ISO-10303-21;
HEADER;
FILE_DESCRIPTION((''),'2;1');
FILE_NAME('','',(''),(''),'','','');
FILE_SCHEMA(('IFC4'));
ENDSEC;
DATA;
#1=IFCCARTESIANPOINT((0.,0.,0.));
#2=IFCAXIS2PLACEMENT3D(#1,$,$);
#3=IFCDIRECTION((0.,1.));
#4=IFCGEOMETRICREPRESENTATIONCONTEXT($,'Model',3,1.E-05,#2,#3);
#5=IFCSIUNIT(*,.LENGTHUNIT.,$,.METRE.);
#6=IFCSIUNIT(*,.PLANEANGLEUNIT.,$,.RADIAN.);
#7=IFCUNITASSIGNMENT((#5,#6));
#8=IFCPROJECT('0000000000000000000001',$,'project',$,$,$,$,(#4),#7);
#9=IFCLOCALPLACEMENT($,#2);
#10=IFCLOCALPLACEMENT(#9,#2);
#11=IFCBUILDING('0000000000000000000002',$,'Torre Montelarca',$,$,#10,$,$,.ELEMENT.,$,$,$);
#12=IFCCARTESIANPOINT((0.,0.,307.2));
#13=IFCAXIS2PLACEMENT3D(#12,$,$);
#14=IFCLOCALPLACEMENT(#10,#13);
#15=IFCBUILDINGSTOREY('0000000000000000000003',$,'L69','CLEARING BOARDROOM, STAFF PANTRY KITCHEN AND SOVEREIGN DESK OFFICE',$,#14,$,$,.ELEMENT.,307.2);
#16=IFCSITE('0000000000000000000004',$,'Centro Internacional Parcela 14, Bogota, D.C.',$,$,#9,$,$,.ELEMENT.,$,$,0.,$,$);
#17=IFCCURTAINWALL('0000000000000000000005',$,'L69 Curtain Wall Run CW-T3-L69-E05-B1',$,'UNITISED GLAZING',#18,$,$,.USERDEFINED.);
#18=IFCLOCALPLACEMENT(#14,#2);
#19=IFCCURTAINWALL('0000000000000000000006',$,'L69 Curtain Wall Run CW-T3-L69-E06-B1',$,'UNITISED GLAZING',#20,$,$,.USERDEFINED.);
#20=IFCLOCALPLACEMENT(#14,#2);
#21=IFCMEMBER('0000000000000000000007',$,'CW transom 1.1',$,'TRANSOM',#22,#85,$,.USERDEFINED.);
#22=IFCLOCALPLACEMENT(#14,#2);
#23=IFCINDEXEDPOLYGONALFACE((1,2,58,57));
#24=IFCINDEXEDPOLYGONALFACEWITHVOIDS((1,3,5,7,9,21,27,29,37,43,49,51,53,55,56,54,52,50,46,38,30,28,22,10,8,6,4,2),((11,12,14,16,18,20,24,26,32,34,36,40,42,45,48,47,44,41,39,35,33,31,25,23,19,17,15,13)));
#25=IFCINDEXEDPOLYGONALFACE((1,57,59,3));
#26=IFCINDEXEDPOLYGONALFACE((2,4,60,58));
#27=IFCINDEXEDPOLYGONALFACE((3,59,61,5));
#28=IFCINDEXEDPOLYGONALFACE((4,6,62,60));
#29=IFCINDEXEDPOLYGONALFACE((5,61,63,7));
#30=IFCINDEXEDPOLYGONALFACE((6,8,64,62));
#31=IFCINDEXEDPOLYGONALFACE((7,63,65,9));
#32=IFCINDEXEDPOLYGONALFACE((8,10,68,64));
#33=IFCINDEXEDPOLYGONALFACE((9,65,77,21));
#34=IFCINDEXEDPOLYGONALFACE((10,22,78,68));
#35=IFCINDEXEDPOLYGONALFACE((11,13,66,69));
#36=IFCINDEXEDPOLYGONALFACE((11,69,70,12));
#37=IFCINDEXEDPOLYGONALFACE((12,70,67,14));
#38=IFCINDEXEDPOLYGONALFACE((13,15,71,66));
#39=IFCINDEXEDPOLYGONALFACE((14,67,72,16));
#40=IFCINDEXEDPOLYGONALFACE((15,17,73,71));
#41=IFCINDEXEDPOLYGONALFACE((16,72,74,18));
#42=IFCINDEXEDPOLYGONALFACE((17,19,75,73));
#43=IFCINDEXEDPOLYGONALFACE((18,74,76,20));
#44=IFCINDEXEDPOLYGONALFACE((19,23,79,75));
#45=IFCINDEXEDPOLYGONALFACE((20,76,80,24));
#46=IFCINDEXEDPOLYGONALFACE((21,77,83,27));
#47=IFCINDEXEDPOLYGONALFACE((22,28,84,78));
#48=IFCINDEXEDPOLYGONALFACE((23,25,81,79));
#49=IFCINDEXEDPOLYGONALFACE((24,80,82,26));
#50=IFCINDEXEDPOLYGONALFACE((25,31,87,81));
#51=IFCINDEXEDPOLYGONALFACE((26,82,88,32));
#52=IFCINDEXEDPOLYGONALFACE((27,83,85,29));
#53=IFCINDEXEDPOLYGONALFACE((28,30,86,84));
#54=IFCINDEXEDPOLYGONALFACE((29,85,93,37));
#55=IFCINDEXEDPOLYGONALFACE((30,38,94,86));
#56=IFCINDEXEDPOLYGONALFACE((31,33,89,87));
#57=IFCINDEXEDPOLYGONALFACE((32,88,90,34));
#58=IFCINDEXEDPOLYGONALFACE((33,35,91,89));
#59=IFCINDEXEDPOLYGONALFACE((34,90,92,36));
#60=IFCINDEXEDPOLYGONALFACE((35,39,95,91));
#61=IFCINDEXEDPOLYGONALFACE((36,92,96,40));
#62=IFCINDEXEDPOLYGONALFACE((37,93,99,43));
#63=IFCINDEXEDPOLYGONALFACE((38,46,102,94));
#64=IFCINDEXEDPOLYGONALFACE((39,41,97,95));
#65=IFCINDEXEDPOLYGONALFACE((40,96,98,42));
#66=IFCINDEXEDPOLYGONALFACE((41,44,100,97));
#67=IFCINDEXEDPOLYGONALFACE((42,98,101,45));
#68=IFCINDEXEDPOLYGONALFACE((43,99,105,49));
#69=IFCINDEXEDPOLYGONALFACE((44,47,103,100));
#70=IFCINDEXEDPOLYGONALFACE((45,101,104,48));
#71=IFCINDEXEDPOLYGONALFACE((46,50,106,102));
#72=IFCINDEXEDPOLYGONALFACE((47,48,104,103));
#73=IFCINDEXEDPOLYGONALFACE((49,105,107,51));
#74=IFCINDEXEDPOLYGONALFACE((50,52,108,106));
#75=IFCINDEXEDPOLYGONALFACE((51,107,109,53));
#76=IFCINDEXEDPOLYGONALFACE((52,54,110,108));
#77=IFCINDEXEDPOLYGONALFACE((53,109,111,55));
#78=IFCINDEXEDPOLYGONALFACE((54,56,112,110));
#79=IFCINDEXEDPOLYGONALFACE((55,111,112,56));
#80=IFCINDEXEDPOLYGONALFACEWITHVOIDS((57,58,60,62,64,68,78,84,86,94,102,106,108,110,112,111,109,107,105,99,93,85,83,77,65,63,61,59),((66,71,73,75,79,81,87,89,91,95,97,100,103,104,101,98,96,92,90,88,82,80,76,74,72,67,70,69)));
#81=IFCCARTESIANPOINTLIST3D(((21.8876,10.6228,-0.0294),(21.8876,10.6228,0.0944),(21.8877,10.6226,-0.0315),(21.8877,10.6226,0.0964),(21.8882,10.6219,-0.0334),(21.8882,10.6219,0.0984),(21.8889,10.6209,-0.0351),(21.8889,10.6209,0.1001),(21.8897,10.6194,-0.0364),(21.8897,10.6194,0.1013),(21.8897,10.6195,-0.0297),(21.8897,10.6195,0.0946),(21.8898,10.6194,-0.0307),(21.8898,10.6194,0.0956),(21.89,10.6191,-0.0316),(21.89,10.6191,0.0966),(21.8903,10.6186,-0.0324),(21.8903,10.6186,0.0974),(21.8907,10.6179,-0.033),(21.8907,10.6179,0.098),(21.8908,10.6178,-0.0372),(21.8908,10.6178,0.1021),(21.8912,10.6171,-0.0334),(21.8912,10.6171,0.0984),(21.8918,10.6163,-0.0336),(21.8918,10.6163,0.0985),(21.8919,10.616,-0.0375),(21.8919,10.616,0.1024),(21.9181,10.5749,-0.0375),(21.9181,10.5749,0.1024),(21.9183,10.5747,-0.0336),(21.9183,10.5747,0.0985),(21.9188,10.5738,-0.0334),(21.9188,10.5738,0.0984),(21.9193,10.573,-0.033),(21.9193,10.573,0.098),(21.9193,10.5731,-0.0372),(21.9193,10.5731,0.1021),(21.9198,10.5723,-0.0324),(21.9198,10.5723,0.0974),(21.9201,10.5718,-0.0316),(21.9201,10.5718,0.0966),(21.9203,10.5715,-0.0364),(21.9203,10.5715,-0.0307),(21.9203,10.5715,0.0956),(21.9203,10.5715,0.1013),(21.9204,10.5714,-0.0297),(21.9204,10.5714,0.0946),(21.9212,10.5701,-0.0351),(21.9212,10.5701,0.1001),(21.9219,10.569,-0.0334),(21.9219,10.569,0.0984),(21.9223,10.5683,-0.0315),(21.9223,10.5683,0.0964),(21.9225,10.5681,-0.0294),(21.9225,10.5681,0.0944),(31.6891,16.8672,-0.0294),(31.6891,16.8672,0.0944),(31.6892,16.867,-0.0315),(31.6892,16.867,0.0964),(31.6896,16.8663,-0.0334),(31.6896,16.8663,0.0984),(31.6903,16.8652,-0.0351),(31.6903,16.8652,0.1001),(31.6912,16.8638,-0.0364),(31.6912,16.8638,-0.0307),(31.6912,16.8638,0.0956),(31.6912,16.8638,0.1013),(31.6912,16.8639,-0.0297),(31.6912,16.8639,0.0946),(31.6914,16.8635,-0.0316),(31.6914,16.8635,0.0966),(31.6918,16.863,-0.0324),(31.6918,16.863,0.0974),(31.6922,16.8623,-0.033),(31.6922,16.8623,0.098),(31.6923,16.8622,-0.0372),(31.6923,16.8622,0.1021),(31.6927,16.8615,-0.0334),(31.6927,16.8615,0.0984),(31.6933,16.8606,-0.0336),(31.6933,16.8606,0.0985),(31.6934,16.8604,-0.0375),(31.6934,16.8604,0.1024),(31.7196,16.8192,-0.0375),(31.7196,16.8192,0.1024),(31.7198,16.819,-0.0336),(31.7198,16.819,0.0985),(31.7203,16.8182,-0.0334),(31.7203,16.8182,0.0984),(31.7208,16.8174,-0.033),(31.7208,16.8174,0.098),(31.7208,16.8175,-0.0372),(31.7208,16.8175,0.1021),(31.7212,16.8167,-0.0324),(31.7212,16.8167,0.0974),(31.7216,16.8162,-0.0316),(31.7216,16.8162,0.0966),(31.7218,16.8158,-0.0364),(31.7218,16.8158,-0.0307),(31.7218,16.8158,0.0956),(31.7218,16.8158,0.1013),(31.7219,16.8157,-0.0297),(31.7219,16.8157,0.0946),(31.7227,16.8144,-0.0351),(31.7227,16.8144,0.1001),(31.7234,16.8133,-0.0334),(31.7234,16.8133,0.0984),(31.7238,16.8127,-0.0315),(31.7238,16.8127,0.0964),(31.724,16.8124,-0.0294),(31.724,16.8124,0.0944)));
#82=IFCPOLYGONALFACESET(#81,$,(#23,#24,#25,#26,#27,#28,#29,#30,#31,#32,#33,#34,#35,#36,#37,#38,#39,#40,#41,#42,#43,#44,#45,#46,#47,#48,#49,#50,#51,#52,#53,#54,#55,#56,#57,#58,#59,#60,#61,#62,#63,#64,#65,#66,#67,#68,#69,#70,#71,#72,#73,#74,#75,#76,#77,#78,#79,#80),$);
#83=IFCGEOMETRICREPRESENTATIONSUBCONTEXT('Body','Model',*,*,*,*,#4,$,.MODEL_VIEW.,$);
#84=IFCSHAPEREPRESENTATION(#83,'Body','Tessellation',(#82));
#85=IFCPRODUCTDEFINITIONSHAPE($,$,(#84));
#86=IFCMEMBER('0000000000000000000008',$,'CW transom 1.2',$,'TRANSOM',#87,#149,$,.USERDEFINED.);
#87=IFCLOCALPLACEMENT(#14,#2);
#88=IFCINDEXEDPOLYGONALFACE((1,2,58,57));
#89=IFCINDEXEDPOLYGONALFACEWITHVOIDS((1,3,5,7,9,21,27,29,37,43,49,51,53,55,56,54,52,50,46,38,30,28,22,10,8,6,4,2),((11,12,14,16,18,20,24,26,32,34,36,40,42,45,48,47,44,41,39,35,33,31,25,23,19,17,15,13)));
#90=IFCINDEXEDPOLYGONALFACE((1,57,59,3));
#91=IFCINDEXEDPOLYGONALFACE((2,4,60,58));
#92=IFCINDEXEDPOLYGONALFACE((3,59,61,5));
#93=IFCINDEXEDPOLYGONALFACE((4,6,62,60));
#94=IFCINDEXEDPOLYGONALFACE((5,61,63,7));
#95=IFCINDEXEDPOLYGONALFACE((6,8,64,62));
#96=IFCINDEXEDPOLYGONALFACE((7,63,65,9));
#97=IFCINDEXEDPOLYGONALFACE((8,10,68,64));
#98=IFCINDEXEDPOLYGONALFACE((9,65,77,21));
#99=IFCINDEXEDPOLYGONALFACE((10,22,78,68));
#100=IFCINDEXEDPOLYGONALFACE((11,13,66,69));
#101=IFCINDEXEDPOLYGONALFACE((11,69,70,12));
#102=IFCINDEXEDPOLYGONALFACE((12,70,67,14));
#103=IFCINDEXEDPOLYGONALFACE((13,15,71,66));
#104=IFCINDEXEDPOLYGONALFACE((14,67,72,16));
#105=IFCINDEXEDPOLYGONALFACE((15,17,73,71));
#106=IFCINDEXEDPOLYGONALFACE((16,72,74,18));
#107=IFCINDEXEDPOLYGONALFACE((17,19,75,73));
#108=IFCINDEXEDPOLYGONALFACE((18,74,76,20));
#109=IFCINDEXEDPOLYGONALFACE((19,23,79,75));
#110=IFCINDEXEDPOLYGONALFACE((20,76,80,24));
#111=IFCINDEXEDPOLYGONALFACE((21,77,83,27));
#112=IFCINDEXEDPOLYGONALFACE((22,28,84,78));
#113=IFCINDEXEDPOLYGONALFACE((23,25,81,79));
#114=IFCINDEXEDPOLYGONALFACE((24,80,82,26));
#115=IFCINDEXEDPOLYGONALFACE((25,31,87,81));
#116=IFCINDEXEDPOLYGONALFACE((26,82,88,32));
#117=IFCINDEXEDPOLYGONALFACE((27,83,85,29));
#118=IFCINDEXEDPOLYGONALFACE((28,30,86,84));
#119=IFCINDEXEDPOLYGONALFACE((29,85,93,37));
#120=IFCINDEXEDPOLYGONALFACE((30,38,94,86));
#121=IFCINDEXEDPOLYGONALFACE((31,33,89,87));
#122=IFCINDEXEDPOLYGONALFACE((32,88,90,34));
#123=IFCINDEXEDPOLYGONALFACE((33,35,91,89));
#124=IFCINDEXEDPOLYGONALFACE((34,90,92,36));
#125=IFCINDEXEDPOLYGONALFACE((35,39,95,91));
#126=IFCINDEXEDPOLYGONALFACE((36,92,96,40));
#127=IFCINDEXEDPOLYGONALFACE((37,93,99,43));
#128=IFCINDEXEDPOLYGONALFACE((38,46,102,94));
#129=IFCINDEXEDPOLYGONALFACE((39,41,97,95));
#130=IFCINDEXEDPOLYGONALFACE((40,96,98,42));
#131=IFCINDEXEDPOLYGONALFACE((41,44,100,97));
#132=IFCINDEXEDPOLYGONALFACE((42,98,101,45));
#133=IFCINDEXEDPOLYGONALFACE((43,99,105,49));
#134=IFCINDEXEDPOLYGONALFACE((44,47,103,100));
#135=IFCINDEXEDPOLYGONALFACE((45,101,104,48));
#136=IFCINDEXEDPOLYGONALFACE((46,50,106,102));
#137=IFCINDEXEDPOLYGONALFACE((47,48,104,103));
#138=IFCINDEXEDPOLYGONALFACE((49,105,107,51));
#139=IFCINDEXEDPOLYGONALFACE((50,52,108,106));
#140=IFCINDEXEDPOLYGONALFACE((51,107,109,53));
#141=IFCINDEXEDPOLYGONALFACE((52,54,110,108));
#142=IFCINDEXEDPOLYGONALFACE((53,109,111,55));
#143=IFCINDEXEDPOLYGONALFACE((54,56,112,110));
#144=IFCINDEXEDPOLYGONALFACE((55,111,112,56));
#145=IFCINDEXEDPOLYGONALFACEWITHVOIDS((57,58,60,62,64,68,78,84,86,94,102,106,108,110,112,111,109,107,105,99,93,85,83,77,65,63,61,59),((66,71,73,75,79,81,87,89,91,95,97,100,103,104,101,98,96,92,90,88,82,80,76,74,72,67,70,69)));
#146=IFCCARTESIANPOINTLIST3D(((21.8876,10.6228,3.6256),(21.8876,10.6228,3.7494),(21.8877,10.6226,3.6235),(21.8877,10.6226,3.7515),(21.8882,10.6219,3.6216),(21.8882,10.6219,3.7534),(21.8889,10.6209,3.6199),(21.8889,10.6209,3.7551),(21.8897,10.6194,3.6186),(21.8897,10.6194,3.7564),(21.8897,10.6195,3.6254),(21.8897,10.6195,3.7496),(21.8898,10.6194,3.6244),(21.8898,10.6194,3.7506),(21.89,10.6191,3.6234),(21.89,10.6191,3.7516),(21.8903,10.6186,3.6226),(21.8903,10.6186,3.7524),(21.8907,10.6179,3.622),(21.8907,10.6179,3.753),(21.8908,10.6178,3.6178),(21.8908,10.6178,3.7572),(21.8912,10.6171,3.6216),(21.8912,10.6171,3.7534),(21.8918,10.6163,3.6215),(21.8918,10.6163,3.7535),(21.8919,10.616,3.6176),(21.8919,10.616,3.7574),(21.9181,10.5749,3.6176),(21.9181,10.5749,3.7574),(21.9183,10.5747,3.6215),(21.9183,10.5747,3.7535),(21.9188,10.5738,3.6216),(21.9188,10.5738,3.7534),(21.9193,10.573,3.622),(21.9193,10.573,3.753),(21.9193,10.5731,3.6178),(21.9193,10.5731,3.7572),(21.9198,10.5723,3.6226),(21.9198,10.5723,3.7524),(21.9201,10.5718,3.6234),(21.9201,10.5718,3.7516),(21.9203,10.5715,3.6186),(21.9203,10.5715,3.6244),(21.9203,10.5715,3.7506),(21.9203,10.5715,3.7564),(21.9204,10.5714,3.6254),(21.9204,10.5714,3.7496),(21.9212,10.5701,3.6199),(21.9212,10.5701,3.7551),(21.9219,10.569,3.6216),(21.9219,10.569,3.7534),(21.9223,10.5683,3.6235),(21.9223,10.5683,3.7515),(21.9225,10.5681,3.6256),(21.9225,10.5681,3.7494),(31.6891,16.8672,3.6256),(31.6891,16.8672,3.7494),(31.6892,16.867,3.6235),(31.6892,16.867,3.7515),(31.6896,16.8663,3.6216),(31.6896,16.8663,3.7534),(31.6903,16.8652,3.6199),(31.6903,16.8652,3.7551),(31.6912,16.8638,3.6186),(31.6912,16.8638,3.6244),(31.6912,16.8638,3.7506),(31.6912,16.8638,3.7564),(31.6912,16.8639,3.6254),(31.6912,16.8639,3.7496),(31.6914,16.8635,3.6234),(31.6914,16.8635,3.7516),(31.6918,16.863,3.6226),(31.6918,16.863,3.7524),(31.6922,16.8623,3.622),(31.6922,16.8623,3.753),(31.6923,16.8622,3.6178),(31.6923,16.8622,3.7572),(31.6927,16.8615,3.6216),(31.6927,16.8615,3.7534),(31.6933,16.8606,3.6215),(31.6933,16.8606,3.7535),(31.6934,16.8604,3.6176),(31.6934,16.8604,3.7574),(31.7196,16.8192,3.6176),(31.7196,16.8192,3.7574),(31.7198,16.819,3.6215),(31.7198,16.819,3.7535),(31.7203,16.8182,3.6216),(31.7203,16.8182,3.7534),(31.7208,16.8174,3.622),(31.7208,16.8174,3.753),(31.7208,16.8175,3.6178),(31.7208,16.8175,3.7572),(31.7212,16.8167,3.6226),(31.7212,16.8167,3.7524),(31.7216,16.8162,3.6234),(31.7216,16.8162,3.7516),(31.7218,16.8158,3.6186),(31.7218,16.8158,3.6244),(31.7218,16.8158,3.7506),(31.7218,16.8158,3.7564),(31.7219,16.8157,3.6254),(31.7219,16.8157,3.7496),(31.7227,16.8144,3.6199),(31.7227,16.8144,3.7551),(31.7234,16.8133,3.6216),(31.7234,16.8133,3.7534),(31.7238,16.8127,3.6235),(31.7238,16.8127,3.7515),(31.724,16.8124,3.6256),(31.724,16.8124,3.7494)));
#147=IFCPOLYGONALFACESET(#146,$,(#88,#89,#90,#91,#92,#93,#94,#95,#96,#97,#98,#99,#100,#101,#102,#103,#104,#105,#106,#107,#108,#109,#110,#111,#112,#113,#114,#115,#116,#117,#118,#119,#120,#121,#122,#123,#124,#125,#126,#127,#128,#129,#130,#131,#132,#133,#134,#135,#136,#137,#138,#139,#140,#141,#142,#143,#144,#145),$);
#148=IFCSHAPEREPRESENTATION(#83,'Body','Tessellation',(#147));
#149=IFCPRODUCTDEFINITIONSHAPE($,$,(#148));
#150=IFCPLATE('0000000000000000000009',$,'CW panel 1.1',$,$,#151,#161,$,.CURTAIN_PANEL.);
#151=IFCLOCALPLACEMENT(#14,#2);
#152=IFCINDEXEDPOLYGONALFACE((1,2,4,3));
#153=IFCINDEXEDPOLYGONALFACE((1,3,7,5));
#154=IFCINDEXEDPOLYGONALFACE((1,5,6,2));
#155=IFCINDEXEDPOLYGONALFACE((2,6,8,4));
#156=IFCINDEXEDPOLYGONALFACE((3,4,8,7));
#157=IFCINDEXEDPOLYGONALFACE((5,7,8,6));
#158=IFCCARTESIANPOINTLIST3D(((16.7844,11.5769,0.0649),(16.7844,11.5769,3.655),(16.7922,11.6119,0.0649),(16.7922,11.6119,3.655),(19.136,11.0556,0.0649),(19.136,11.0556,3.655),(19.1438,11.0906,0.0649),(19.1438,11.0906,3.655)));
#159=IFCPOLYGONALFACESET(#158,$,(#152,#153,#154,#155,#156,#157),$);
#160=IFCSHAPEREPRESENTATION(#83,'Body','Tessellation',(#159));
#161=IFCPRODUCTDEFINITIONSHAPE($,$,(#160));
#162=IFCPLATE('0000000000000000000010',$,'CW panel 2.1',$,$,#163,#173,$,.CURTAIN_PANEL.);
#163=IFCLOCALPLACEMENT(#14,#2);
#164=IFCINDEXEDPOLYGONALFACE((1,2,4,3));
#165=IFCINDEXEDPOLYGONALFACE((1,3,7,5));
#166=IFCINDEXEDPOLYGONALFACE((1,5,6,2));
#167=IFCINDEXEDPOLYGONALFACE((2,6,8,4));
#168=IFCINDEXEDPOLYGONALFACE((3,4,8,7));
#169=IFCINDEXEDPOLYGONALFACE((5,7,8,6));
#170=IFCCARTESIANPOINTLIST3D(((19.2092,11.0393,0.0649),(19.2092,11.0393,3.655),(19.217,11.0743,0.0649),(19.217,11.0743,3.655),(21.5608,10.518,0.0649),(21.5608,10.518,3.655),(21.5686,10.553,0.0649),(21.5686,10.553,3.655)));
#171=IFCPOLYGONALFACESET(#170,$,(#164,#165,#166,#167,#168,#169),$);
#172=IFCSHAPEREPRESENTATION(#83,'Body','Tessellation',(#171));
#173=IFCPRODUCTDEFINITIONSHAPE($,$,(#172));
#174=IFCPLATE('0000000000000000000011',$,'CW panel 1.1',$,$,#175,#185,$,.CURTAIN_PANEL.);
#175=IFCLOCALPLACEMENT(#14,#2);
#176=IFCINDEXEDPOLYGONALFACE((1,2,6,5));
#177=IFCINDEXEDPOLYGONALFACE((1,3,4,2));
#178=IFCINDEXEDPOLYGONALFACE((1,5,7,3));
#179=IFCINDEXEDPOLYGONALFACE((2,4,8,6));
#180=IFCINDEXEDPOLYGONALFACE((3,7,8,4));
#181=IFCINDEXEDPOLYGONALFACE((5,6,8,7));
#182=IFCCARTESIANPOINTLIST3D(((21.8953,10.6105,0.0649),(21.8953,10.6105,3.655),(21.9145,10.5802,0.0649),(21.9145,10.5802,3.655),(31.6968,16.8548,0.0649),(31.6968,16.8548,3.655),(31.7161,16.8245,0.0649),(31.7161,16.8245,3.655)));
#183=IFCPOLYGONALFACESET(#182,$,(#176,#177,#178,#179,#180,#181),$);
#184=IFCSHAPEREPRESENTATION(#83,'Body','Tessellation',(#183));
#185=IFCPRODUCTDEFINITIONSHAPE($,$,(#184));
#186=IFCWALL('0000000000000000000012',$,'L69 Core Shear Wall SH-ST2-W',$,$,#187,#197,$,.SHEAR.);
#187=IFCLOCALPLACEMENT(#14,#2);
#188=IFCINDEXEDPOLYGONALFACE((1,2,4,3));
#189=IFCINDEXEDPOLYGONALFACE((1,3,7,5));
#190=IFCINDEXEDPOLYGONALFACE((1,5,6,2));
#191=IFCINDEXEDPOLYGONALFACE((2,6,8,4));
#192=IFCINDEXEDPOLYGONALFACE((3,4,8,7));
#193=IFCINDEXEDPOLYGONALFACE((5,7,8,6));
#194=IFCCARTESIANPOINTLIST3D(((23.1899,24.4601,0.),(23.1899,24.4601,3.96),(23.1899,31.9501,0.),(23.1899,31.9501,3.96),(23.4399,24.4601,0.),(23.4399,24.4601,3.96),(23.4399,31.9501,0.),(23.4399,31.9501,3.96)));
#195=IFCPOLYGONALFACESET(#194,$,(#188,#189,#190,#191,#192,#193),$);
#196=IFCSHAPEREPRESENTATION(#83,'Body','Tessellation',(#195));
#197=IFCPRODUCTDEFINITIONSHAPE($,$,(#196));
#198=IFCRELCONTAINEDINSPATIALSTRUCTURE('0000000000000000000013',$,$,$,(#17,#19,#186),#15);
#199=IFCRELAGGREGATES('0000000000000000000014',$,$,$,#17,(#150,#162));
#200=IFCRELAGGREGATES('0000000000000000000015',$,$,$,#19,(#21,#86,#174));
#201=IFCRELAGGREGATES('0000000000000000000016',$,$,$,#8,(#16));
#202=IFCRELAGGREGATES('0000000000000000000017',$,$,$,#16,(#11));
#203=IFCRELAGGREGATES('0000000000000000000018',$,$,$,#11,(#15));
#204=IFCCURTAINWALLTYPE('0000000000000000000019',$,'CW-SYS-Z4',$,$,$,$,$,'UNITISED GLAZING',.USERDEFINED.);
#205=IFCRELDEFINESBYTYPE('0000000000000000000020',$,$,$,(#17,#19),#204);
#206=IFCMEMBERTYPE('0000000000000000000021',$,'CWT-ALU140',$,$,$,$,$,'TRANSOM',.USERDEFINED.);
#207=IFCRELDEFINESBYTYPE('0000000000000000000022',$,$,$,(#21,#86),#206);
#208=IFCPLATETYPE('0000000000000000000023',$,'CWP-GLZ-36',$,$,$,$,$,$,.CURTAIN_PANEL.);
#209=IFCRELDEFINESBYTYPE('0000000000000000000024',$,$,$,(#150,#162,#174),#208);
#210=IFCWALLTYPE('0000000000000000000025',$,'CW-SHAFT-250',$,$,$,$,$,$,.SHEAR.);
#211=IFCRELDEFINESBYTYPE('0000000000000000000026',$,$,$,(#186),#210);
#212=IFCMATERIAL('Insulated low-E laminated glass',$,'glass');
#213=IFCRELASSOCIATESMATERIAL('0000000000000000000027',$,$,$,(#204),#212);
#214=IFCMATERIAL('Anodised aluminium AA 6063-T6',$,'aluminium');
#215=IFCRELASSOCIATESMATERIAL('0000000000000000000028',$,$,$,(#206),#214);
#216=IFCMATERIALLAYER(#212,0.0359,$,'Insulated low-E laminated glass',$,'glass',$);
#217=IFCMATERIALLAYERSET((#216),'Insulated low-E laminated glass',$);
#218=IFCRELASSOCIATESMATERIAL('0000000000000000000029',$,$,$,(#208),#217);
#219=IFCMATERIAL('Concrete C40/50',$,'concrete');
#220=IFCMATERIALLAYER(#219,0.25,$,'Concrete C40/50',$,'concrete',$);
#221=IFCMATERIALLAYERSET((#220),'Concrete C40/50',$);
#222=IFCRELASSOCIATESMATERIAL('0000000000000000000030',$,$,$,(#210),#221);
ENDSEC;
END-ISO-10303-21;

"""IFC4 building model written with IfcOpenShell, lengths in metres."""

from ifc_helpers import new_model, si_unit, direction, frame, frame_2d, origin, origin_2d, place, context, subcontext, project, spatial, rectangle, hollow_rectangle, extrude, source, transform, mapped, material, layer, layer_set, material_profile, profile_set, type_object, element, aggregate, save


model = new_model("IFC4")

# Units and contexts
model_context = context("Model", 3, precision=1e-05, world=origin(), true_north=direction((0.0, 1.0)))
body_context = subcontext(model_context, "Body", "Model", "MODEL_VIEW")
ifc_project = project(units=[si_unit("LENGTHUNIT", "METRE"), si_unit("PLANEANGLEUNIT", "RADIAN")], contexts=[model_context])

# Site, building, storey
site_placement = place(None, origin())
site = spatial("IfcSite", under=ifc_project, at=site_placement, Name="Centro Internacional Parcela 14, Bogota, D.C.", CompositionType="ELEMENT", RefElevation=0.0)
building_placement = place(site_placement, origin())
building = spatial("IfcBuilding", under=site, at=building_placement, Name="Torre Montelarca", CompositionType="ELEMENT")
storey_placement = place(building_placement, frame((0.0, 0.0, 307.2)))
storey = spatial("IfcBuildingStorey", under=building, at=storey_placement, Name="L69", Description="CLEARING BOARDROOM, STAFF PANTRY KITCHEN AND SOVEREIGN DESK OFFICE", CompositionType="ELEMENT", Elevation=307.2)

# Curtain wall
ifc_material_1 = material(Name="Insulated low-E laminated glass", Category="glass")
curtain_wall_type = type_object("IfcCurtainWallType", Name="CW-SYS-Z4", ElementType="UNITISED GLAZING", PredefinedType="USERDEFINED", material=ifc_material_1)
curtain_wall_1_placement = place(storey_placement, origin())
curtain_wall_1 = element("IfcCurtainWall", 1, at=curtain_wall_1_placement, inside=storey, type_object=curtain_wall_type, Name="L69 Curtain Wall Run CW-T3-L69-E05-B1", ObjectType="UNITISED GLAZING", PredefinedType="USERDEFINED")
ifc_material_2 = material(Name="Anodised aluminium AA 6063-T6", Category="aluminium")

# Curtain wall
curtain_wall_2_placement = place(storey_placement, origin())
curtain_wall_2 = element("IfcCurtainWall", 2, at=curtain_wall_2_placement, inside=storey, type_object=curtain_wall_type, Name="L69 Curtain Wall Run CW-T3-L69-E06-B1", ObjectType="UNITISED GLAZING", PredefinedType="USERDEFINED")

# Members
ifc_material_profile_1 = material_profile(ifc_material_2, hollow_rectangle(XDim=0.0649, YDim=0.1399, WallThickness=0.0039, InnerFilletRadius=0.0039, OuterFilletRadius=0.0081, at=origin_2d()), Name="ALU65X140X4", Category="aluminium")
ifc_profile_set_1 = profile_set([ifc_material_profile_1], Name="Anodised aluminium AA 6063-T6")
member_type_1 = type_object("IfcMemberType", Name="CWT-ALU140", ElementType="TRANSOM", PredefinedType="USERDEFINED", material=ifc_profile_set_1)
shared_shape_1 = source(origin(), body_context, "Body", "SweptSolid", [
    extrude(hollow_rectangle(XDim=0.0649, YDim=0.1399, WallThickness=0.0039, InnerFilletRadius=0.0039, OuterFilletRadius=0.0081, at=origin_2d()), origin(), (0.0, 0.0, 1.0), 11.6216),
])
member_1_placement = place(storey_placement, frame((21.905, 10.5955, 0.0325), z_axis=(0.843386, 0.537308, 0.0), x_axis=(-0.537308, 0.843386, 0.0)))
member_1 = element("IfcMember", 3, at=member_1_placement, type_object=member_type_1, Name="CW transom 1.1", ObjectType="TRANSOM", PredefinedType="USERDEFINED", context=body_context, shape_type="MappedRepresentation", body=[
    mapped(shared_shape_1, transform((0.0, 0.0, 0.0), scale=1.0)),
])
member_2_placement = place(storey_placement, frame((21.905, 10.5955, 3.6875), z_axis=(0.843386, 0.537308, 0.0), x_axis=(-0.537308, 0.843386, 0.0)))
member_2 = element("IfcMember", 4, at=member_2_placement, type_object=member_type_1, Name="CW transom 1.2", ObjectType="TRANSOM", PredefinedType="USERDEFINED", context=body_context, shape_type="MappedRepresentation", body=[
    mapped(shared_shape_1, transform((0.0, 0.0, 0.0), scale=1.0)),
])

# Plates
ifc_layer_1 = layer(ifc_material_1, 0.0359, Name="Insulated low-E laminated glass", Category="glass")
ifc_layer_set_1 = layer_set([ifc_layer_1], Name="Insulated low-E laminated glass")
plate_type = type_object("IfcPlateType", Name="CWP-GLZ-36", PredefinedType="CURTAIN_PANEL", material=ifc_layer_set_1)
shared_shape_2 = source(origin(), body_context, "Body", "SweptSolid", [
    extrude(rectangle(XDim=2.4087, YDim=0.0359, at=origin_2d()), origin(), (0.0, 0.0, 1.0), 3.5901),
])
plate_1_placement = place(storey_placement, frame((17.9641, 11.3337, 0.0649), z_axis=(0.0, 0.0, 1.0), x_axis=(0.976296, -0.216439, 0.0)))
plate_1 = element("IfcPlate", 5, at=plate_1_placement, type_object=plate_type, Name="CW panel 1.1", PredefinedType="CURTAIN_PANEL", context=body_context, shape_type="MappedRepresentation", body=[
    mapped(shared_shape_2, transform((0.0, 0.0, 0.0), scale=1.0)),
])
plate_2_placement = place(storey_placement, frame((20.3889, 10.7961, 0.0649), z_axis=(0.0, 0.0, 1.0), x_axis=(0.976296, -0.216439, 0.0)))
plate_2 = element("IfcPlate", 6, at=plate_2_placement, type_object=plate_type, Name="CW panel 2.1", PredefinedType="CURTAIN_PANEL", context=body_context, shape_type="MappedRepresentation", body=[
    mapped(shared_shape_2, transform((0.0, 0.0, 0.0), scale=1.0)),
])
aggregate(curtain_wall_1, [plate_1, plate_2])
shared_shape_3 = source(origin(), body_context, "Body", "SweptSolid", [
    extrude(rectangle(XDim=11.6216, YDim=0.0359, at=origin_2d()), origin(), (0.0, 0.0, 1.0), 3.5901),
])
plate_3_placement = place(storey_placement, frame((26.8057, 13.7175, 0.0649), z_axis=(0.0, 0.0, 1.0), x_axis=(0.84339, 0.537302, 0.0)))
plate_3 = element("IfcPlate", 7, at=plate_3_placement, type_object=plate_type, Name="CW panel 1.1", PredefinedType="CURTAIN_PANEL", context=body_context, shape_type="MappedRepresentation", body=[
    mapped(shared_shape_3, transform((0.0, 0.0, 0.0), scale=1.0)),
])
aggregate(curtain_wall_2, [member_1, member_2, plate_3])

# Wall
ifc_material_3 = material(Name="Concrete C40/50", Category="concrete")
ifc_layer_2 = layer(ifc_material_3, 0.25, Name="Concrete C40/50", Category="concrete")
ifc_layer_set_2 = layer_set([ifc_layer_2], Name="Concrete C40/50")
wall_type_1 = type_object("IfcWallType", Name="CW-SHAFT-250", PredefinedType="SHEAR", material=ifc_layer_set_2)
wall_1_placement = place(storey_placement, frame((23.3149, 24.46, 0.0), z_axis=(0.0, 0.0, 1.0), x_axis=(0.0, 1.0, 0.0)))
element("IfcWall", 8, at=wall_1_placement, inside=storey, type_object=wall_type_1, Name="L69 Core Shear Wall SH-ST2-W", PredefinedType="SHEAR", context=body_context, shape_type="SweptSolid", body=[
    extrude(rectangle(XDim=7.49, YDim=0.25, at=frame_2d((3.7451, 0.0))), origin(), (0.0, 0.0, 1.0), 3.96),
])

save(model, "model.ifc")
